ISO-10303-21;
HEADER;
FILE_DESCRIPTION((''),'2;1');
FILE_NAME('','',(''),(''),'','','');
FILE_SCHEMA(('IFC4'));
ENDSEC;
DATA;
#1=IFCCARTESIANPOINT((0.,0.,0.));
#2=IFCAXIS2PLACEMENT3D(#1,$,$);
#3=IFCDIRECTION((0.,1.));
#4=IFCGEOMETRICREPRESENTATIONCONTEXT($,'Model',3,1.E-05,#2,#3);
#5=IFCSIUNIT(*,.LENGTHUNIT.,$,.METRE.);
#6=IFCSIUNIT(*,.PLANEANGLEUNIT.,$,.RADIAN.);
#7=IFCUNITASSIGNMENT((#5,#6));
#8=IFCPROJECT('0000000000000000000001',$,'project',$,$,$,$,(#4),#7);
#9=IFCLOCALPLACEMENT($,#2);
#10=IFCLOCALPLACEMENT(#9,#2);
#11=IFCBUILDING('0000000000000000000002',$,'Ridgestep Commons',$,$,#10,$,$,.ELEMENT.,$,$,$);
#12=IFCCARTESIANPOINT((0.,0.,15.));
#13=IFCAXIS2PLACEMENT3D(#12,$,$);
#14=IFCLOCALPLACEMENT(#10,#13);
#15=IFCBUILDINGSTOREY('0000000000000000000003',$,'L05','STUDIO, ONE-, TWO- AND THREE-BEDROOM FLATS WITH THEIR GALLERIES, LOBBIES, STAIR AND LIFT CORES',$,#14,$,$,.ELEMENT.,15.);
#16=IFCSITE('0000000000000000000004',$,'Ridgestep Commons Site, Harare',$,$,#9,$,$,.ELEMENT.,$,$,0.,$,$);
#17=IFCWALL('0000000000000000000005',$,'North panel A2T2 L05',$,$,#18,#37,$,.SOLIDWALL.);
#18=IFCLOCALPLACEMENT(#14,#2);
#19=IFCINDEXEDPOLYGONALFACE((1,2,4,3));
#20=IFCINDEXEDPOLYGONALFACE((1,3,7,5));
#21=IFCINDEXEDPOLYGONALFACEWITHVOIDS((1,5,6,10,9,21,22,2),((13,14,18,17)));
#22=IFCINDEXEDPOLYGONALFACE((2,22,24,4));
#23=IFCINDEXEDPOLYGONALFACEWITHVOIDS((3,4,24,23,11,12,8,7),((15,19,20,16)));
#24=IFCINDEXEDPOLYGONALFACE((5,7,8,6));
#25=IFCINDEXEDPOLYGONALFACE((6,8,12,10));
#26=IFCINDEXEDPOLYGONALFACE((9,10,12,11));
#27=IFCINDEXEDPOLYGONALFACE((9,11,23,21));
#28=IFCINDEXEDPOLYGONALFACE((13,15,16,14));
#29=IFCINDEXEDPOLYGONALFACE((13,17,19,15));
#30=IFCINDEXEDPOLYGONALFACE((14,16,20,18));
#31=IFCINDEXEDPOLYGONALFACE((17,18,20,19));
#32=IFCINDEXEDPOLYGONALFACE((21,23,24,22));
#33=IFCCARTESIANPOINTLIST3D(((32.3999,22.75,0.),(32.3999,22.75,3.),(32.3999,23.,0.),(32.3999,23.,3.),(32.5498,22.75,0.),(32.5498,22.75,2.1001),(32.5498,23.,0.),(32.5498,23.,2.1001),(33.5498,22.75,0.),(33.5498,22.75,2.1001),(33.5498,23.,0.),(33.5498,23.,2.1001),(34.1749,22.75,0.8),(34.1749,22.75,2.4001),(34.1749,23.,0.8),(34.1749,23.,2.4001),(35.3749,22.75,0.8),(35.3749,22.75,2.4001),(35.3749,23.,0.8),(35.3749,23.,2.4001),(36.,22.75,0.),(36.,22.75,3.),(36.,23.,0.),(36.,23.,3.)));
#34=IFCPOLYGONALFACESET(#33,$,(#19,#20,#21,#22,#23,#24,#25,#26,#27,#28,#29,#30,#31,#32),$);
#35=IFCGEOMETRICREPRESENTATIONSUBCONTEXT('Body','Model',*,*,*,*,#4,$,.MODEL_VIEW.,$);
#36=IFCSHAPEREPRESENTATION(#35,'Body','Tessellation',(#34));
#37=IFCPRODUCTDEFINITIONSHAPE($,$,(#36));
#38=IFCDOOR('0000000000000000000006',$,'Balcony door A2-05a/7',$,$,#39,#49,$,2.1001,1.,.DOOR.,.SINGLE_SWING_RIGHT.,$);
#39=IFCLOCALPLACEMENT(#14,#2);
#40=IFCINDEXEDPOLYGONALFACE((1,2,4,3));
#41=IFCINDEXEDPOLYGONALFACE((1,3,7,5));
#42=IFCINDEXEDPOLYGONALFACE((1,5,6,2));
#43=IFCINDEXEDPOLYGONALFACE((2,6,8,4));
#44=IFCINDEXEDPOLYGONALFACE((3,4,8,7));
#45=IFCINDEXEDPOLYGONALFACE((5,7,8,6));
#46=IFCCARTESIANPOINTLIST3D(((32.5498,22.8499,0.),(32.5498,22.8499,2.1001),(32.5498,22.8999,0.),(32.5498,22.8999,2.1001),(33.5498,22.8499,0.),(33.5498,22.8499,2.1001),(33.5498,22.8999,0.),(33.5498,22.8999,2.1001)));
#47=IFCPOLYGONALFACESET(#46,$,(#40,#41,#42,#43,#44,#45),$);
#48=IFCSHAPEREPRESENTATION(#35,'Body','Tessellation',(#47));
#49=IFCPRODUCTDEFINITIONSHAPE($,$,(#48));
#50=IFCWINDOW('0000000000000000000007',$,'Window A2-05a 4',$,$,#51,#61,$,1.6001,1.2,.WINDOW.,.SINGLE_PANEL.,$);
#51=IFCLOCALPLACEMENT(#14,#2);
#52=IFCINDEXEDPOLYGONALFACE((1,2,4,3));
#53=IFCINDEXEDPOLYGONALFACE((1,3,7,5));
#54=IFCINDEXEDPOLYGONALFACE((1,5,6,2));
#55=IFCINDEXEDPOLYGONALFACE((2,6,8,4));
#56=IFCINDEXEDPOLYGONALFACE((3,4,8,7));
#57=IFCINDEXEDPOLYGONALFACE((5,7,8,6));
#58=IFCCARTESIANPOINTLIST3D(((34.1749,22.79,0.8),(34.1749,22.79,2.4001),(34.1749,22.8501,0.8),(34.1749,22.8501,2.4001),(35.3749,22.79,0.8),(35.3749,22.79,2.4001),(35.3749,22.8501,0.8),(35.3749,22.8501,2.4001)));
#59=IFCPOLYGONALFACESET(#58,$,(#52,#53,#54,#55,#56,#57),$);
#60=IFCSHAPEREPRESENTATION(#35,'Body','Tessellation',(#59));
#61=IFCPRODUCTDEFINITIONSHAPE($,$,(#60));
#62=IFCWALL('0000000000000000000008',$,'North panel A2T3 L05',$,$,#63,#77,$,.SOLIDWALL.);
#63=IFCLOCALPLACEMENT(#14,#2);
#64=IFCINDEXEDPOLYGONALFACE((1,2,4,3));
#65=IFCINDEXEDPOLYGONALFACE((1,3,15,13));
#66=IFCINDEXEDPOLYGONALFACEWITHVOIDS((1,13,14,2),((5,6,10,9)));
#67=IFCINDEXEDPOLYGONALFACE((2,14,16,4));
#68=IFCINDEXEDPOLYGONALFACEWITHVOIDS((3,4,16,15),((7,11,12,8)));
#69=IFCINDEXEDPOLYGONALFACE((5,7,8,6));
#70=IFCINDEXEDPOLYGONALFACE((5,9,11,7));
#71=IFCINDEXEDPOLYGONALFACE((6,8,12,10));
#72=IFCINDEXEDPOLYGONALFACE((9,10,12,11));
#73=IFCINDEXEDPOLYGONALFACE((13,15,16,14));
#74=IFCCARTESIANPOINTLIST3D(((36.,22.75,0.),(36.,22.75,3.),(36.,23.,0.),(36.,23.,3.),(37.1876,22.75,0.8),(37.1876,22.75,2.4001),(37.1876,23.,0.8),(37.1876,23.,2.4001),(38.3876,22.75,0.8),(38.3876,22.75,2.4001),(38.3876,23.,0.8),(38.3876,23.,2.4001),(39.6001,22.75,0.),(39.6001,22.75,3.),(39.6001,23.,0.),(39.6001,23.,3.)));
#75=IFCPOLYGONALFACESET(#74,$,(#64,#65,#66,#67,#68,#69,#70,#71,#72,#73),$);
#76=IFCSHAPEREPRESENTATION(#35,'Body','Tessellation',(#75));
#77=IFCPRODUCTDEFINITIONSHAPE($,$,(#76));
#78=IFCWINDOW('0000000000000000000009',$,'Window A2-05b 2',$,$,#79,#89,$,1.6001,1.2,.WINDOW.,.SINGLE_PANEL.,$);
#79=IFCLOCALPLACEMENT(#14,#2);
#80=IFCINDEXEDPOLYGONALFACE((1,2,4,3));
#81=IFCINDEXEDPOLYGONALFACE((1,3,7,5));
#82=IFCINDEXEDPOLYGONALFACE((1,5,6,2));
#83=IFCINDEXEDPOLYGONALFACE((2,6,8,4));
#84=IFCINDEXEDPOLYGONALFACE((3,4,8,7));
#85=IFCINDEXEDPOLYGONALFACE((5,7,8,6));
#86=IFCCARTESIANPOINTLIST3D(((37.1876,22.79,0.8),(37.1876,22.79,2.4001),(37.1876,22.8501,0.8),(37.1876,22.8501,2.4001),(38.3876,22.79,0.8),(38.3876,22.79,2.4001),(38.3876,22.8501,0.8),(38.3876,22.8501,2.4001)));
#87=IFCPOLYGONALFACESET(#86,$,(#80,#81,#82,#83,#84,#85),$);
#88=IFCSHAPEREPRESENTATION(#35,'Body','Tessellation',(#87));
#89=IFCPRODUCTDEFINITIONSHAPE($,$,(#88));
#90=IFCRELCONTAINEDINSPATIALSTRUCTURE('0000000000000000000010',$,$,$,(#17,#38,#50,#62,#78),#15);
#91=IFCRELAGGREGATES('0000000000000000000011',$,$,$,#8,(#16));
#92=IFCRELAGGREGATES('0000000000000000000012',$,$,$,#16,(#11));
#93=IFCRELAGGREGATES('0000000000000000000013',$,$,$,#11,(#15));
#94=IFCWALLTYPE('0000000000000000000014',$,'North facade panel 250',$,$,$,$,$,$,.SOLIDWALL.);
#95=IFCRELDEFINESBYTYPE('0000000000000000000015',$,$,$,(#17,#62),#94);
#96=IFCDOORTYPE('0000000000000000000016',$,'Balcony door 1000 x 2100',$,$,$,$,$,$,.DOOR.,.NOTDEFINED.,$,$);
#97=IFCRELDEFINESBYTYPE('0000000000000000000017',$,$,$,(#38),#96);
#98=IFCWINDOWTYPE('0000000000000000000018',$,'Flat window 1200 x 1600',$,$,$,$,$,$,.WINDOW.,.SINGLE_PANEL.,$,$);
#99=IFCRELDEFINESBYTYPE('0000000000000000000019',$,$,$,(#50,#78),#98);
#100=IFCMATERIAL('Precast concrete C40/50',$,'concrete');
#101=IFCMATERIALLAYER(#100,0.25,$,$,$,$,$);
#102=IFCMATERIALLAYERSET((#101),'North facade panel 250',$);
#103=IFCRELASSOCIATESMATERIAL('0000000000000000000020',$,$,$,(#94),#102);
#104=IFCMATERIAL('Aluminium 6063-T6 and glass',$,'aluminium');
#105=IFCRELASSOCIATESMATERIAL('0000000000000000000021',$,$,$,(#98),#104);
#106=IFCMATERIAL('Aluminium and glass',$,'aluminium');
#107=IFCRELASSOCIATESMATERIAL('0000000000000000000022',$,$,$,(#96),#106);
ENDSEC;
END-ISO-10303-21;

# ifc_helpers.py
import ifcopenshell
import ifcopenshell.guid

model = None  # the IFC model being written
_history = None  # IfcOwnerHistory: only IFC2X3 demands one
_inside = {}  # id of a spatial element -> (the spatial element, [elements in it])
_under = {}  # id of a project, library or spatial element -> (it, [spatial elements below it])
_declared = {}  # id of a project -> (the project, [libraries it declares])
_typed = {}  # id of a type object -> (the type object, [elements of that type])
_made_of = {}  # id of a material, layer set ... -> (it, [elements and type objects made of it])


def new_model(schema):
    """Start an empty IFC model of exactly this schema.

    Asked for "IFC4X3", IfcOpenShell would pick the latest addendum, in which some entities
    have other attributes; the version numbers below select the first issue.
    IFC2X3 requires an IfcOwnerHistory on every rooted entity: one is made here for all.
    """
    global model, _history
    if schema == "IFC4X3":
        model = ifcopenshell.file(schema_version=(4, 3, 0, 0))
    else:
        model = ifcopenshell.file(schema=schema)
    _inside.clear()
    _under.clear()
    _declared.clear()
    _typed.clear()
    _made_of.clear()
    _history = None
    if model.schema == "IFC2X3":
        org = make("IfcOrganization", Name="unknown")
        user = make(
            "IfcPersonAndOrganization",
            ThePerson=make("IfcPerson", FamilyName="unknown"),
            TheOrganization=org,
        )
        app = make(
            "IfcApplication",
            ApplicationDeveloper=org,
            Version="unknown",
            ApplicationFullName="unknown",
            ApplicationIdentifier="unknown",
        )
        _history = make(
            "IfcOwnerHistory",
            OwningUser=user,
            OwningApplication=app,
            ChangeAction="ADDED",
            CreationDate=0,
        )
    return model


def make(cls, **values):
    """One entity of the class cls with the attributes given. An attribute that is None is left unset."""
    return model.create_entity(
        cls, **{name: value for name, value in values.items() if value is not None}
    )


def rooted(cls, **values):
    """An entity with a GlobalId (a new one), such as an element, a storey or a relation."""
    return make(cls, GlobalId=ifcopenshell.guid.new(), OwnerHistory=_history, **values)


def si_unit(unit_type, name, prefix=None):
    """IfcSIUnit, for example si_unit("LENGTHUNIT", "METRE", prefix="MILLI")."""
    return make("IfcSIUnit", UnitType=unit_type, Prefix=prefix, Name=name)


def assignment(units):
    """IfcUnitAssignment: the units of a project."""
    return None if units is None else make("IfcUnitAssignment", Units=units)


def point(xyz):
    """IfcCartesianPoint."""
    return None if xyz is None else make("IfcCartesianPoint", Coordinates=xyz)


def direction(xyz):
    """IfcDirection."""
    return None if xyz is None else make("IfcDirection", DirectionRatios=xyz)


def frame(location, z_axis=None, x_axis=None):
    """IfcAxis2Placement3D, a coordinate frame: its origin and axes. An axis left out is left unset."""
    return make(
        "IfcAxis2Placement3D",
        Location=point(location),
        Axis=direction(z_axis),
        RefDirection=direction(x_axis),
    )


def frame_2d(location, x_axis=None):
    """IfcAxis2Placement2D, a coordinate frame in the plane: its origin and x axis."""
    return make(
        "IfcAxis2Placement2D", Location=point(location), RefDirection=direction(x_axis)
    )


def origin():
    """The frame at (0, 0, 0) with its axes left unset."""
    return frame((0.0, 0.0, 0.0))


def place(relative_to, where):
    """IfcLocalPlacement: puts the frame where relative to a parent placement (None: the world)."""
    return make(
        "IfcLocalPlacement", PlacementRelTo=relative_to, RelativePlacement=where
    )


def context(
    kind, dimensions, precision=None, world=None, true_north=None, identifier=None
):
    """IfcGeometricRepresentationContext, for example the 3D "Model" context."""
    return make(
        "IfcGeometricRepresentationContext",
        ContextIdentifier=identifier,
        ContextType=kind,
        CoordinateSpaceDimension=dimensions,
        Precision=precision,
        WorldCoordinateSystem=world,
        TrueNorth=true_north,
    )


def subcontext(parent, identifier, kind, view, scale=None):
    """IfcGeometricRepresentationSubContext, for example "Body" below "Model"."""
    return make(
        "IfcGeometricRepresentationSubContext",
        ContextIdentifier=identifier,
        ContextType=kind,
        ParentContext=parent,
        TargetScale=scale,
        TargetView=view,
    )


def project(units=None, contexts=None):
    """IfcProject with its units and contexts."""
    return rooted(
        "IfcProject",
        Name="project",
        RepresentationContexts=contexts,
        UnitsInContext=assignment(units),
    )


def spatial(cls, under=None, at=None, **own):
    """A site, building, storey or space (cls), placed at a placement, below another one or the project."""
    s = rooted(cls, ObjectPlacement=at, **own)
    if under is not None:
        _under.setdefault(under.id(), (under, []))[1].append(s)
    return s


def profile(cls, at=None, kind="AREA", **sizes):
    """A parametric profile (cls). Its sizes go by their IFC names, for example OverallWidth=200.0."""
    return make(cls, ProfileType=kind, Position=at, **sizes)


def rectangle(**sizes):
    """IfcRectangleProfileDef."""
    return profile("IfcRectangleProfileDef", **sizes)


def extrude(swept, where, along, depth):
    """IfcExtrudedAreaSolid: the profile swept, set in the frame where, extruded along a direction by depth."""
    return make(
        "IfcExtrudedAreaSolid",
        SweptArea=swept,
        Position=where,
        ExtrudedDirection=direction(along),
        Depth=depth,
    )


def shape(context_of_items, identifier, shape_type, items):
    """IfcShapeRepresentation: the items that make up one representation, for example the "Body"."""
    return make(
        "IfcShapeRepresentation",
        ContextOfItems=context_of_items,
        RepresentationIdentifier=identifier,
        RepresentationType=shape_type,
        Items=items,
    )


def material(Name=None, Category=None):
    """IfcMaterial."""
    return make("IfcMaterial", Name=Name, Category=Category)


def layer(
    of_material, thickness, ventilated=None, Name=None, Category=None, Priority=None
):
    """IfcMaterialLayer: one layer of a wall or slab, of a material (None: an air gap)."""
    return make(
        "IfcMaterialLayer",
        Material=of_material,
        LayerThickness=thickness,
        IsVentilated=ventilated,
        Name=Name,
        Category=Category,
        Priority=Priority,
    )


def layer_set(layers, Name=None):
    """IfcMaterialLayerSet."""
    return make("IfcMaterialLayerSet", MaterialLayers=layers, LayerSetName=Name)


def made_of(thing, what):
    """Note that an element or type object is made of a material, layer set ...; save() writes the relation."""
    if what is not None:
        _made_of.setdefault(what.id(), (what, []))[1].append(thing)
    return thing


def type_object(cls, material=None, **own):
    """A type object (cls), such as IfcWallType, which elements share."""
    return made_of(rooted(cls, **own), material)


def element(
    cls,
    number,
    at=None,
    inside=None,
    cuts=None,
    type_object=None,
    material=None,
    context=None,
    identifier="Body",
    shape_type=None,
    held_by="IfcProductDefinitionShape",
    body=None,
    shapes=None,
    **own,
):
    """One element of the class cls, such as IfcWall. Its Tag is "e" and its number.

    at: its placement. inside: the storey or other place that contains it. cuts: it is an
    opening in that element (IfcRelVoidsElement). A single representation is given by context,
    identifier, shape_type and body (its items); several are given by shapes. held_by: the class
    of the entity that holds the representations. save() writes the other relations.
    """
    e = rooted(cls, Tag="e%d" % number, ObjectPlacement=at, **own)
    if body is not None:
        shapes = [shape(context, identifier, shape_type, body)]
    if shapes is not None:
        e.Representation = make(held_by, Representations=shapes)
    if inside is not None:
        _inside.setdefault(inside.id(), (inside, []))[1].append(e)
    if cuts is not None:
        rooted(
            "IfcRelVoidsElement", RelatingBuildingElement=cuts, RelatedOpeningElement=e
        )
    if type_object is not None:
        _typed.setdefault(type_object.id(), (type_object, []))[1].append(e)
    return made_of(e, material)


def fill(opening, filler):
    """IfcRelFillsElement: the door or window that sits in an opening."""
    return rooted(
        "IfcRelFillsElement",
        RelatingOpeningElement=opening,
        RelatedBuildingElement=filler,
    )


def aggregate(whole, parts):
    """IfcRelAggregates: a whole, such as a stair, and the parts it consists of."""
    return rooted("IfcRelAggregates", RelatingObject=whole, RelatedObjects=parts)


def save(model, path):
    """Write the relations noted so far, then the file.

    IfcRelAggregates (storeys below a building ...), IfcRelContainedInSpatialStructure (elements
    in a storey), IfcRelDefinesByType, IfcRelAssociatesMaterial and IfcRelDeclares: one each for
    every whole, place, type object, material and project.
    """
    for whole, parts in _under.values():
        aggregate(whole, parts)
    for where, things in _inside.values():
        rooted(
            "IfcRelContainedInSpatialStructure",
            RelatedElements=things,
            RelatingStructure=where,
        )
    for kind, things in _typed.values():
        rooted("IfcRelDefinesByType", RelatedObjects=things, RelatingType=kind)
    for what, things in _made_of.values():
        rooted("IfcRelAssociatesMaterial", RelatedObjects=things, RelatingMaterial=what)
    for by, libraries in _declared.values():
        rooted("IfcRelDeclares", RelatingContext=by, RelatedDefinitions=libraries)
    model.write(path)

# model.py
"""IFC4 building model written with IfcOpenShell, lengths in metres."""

from ifc_helpers import new_model, si_unit, direction, frame, frame_2d, origin, place, context, subcontext, project, spatial, rectangle, extrude, material, layer, layer_set, type_object, element, fill, save


model = new_model("IFC4")

# Units and contexts
model_context = context("Model", 3, precision=1e-05, world=origin(), true_north=direction((0.0, 1.0)))
body_context = subcontext(model_context, "Body", "Model", "MODEL_VIEW")
ifc_project = project(units=[si_unit("LENGTHUNIT", "METRE"), si_unit("PLANEANGLEUNIT", "RADIAN")], contexts=[model_context])

# Site, building, storey
site_placement = place(None, origin())
site = spatial("IfcSite", under=ifc_project, at=site_placement, Name="Ridgestep Commons Site, Harare", CompositionType="ELEMENT", RefElevation=0.0)
building_placement = place(site_placement, origin())
building = spatial("IfcBuilding", under=site, at=building_placement, Name="Ridgestep Commons", CompositionType="ELEMENT")
storey_placement = place(building_placement, frame((0.0, 0.0, 15.0)))
storey = spatial("IfcBuildingStorey", under=building, at=storey_placement, Name="L05", Description="STUDIO, ONE-, TWO- AND THREE-BEDROOM FLATS WITH THEIR GALLERIES, LOBBIES, STAIR AND LIFT CORES", CompositionType="ELEMENT", Elevation=15.0)

# Shared definitions
ifc_material_1 = material(Name="Precast concrete C40/50", Category="concrete")
ifc_layer_1 = layer(ifc_material_1, 0.25)
ifc_layer_set_1 = layer_set([ifc_layer_1], Name="North facade panel 250")
wall_type_1 = type_object("IfcWallType", Name="North facade panel 250", PredefinedType="SOLIDWALL", material=ifc_layer_set_1)
ifc_material_2 = material(Name="Aluminium 6063-T6 and glass", Category="aluminium")
window_type_1 = type_object("IfcWindowType", Name="Flat window 1200 x 1600", PartitioningType="SINGLE_PANEL", PredefinedType="WINDOW", material=ifc_material_2)

# Wall, openings, door, window
wall_1_placement = place(storey_placement, frame((32.3999, 22.875, 0.0), z_axis=(0.0, 0.0, 1.0), x_axis=(1.0, 0.0, 0.0)))
wall_1 = element("IfcWall", 1, at=wall_1_placement, inside=storey, type_object=wall_type_1, Name="North panel A2T2 L05", PredefinedType="SOLIDWALL", context=body_context, shape_type="SweptSolid", body=[
    extrude(rectangle(XDim=3.6001, YDim=0.25, at=frame_2d((1.8, 0.0))), origin(), (0.0, 0.0, 1.0), 3.0),
])
opening_1_placement = place(wall_1_placement, frame((1.7749, 0.0, 0.8)))
opening_1 = element("IfcOpeningElement", 2, at=opening_1_placement, cuts=wall_1, PredefinedType="OPENING", context=body_context, shape_type="SweptSolid", body=[
    extrude(rectangle(XDim=1.2, YDim=1.6001, at=frame_2d((0.6001, 0.8))), frame((0.0, 0.135, 0.0), z_axis=(0.0, -1.0, 0.0), x_axis=(1.0, 0.0, 0.0)), (0.0, 0.0, 1.0), 0.27),
])
opening_2_placement = place(wall_1_placement, frame((0.1499, 0.0, 0.0)))
opening_2 = element("IfcOpeningElement", 3, at=opening_2_placement, cuts=wall_1, PredefinedType="OPENING", context=body_context, shape_type="SweptSolid", body=[
    extrude(rectangle(XDim=1.0, YDim=2.1001, at=frame_2d((0.5, 1.05))), frame((0.0, 0.135, 0.0), z_axis=(0.0, -1.0, 0.0), x_axis=(1.0, 0.0, 0.0)), (0.0, 0.0, 1.0), 0.27),
])
ifc_material_3 = material(Name="Aluminium and glass", Category="aluminium")
door_type = type_object("IfcDoorType", Name="Balcony door 1000 x 2100", OperationType="NOTDEFINED", PredefinedType="DOOR", material=ifc_material_3)
door_placement = place(opening_2_placement, origin())
door = element("IfcDoor", 4, at=door_placement, inside=storey, type_object=door_type, Name="Balcony door A2-05a/7", OperationType="SINGLE_SWING_RIGHT", OverallHeight=2.1001, OverallWidth=1.0, PredefinedType="DOOR", context=body_context, shape_type="SweptSolid", body=[
    extrude(rectangle(XDim=1.0, YDim=2.1001, at=frame_2d((0.5, 1.05))), frame((0.0, 0.0249, 0.0), z_axis=(0.0, -1.0, 0.0), x_axis=(1.0, 0.0, 0.0)), (0.0, 0.0, 1.0), 0.05),
])
fill(opening_2, door)
window_1_placement = place(opening_1_placement, origin())
window_1 = element("IfcWindow", 5, at=window_1_placement, inside=storey, type_object=window_type_1, Name="Window A2-05a 4", OverallHeight=1.6001, OverallWidth=1.2, PartitioningType="SINGLE_PANEL", PredefinedType="WINDOW", context=body_context, shape_type="SweptSolid", body=[
    extrude(rectangle(XDim=1.2, YDim=1.6001, at=frame_2d((0.6001, 0.8))), frame((0.0, -0.0249, 0.0), z_axis=(0.0, -1.0, 0.0), x_axis=(1.0, 0.0, 0.0)), (0.0, 0.0, 1.0), 0.0601),
])
fill(opening_1, window_1)

# Wall, opening, window
wall_2_placement = place(storey_placement, frame((36.0, 22.875, 0.0), z_axis=(0.0, 0.0, 1.0), x_axis=(1.0, 0.0, 0.0)))
wall_2 = element("IfcWall", 6, at=wall_2_placement, inside=storey, type_object=wall_type_1, Name="North panel A2T3 L05", PredefinedType="SOLIDWALL", context=body_context, shape_type="SweptSolid", body=[
    extrude(rectangle(XDim=3.6001, YDim=0.25, at=frame_2d((1.8, 0.0))), origin(), (0.0, 0.0, 1.0), 3.0),
])
opening_3_placement = place(wall_2_placement, frame((1.1875, 0.0, 0.8)))
opening_3 = element("IfcOpeningElement", 7, at=opening_3_placement, cuts=wall_2, PredefinedType="OPENING", context=body_context, shape_type="SweptSolid", body=[
    extrude(rectangle(XDim=1.2, YDim=1.6001, at=frame_2d((0.6001, 0.8))), frame((0.0, 0.135, 0.0), z_axis=(0.0, -1.0, 0.0), x_axis=(1.0, 0.0, 0.0)), (0.0, 0.0, 1.0), 0.27),
])
window_2_placement = place(opening_3_placement, origin())
window_2 = element("IfcWindow", 8, at=window_2_placement, inside=storey, type_object=window_type_1, Name="Window A2-05b 2", OverallHeight=1.6001, OverallWidth=1.2, PartitioningType="SINGLE_PANEL", PredefinedType="WINDOW", context=body_context, shape_type="SweptSolid", body=[
    extrude(rectangle(XDim=1.2, YDim=1.6001, at=frame_2d((0.6001, 0.8))), frame((0.0, -0.0249, 0.0), z_axis=(0.0, -1.0, 0.0), x_axis=(1.0, 0.0, 0.0)), (0.0, 0.0, 1.0), 0.0601),
])
fill(opening_3, window_2)

save(model, "model.ifc")
